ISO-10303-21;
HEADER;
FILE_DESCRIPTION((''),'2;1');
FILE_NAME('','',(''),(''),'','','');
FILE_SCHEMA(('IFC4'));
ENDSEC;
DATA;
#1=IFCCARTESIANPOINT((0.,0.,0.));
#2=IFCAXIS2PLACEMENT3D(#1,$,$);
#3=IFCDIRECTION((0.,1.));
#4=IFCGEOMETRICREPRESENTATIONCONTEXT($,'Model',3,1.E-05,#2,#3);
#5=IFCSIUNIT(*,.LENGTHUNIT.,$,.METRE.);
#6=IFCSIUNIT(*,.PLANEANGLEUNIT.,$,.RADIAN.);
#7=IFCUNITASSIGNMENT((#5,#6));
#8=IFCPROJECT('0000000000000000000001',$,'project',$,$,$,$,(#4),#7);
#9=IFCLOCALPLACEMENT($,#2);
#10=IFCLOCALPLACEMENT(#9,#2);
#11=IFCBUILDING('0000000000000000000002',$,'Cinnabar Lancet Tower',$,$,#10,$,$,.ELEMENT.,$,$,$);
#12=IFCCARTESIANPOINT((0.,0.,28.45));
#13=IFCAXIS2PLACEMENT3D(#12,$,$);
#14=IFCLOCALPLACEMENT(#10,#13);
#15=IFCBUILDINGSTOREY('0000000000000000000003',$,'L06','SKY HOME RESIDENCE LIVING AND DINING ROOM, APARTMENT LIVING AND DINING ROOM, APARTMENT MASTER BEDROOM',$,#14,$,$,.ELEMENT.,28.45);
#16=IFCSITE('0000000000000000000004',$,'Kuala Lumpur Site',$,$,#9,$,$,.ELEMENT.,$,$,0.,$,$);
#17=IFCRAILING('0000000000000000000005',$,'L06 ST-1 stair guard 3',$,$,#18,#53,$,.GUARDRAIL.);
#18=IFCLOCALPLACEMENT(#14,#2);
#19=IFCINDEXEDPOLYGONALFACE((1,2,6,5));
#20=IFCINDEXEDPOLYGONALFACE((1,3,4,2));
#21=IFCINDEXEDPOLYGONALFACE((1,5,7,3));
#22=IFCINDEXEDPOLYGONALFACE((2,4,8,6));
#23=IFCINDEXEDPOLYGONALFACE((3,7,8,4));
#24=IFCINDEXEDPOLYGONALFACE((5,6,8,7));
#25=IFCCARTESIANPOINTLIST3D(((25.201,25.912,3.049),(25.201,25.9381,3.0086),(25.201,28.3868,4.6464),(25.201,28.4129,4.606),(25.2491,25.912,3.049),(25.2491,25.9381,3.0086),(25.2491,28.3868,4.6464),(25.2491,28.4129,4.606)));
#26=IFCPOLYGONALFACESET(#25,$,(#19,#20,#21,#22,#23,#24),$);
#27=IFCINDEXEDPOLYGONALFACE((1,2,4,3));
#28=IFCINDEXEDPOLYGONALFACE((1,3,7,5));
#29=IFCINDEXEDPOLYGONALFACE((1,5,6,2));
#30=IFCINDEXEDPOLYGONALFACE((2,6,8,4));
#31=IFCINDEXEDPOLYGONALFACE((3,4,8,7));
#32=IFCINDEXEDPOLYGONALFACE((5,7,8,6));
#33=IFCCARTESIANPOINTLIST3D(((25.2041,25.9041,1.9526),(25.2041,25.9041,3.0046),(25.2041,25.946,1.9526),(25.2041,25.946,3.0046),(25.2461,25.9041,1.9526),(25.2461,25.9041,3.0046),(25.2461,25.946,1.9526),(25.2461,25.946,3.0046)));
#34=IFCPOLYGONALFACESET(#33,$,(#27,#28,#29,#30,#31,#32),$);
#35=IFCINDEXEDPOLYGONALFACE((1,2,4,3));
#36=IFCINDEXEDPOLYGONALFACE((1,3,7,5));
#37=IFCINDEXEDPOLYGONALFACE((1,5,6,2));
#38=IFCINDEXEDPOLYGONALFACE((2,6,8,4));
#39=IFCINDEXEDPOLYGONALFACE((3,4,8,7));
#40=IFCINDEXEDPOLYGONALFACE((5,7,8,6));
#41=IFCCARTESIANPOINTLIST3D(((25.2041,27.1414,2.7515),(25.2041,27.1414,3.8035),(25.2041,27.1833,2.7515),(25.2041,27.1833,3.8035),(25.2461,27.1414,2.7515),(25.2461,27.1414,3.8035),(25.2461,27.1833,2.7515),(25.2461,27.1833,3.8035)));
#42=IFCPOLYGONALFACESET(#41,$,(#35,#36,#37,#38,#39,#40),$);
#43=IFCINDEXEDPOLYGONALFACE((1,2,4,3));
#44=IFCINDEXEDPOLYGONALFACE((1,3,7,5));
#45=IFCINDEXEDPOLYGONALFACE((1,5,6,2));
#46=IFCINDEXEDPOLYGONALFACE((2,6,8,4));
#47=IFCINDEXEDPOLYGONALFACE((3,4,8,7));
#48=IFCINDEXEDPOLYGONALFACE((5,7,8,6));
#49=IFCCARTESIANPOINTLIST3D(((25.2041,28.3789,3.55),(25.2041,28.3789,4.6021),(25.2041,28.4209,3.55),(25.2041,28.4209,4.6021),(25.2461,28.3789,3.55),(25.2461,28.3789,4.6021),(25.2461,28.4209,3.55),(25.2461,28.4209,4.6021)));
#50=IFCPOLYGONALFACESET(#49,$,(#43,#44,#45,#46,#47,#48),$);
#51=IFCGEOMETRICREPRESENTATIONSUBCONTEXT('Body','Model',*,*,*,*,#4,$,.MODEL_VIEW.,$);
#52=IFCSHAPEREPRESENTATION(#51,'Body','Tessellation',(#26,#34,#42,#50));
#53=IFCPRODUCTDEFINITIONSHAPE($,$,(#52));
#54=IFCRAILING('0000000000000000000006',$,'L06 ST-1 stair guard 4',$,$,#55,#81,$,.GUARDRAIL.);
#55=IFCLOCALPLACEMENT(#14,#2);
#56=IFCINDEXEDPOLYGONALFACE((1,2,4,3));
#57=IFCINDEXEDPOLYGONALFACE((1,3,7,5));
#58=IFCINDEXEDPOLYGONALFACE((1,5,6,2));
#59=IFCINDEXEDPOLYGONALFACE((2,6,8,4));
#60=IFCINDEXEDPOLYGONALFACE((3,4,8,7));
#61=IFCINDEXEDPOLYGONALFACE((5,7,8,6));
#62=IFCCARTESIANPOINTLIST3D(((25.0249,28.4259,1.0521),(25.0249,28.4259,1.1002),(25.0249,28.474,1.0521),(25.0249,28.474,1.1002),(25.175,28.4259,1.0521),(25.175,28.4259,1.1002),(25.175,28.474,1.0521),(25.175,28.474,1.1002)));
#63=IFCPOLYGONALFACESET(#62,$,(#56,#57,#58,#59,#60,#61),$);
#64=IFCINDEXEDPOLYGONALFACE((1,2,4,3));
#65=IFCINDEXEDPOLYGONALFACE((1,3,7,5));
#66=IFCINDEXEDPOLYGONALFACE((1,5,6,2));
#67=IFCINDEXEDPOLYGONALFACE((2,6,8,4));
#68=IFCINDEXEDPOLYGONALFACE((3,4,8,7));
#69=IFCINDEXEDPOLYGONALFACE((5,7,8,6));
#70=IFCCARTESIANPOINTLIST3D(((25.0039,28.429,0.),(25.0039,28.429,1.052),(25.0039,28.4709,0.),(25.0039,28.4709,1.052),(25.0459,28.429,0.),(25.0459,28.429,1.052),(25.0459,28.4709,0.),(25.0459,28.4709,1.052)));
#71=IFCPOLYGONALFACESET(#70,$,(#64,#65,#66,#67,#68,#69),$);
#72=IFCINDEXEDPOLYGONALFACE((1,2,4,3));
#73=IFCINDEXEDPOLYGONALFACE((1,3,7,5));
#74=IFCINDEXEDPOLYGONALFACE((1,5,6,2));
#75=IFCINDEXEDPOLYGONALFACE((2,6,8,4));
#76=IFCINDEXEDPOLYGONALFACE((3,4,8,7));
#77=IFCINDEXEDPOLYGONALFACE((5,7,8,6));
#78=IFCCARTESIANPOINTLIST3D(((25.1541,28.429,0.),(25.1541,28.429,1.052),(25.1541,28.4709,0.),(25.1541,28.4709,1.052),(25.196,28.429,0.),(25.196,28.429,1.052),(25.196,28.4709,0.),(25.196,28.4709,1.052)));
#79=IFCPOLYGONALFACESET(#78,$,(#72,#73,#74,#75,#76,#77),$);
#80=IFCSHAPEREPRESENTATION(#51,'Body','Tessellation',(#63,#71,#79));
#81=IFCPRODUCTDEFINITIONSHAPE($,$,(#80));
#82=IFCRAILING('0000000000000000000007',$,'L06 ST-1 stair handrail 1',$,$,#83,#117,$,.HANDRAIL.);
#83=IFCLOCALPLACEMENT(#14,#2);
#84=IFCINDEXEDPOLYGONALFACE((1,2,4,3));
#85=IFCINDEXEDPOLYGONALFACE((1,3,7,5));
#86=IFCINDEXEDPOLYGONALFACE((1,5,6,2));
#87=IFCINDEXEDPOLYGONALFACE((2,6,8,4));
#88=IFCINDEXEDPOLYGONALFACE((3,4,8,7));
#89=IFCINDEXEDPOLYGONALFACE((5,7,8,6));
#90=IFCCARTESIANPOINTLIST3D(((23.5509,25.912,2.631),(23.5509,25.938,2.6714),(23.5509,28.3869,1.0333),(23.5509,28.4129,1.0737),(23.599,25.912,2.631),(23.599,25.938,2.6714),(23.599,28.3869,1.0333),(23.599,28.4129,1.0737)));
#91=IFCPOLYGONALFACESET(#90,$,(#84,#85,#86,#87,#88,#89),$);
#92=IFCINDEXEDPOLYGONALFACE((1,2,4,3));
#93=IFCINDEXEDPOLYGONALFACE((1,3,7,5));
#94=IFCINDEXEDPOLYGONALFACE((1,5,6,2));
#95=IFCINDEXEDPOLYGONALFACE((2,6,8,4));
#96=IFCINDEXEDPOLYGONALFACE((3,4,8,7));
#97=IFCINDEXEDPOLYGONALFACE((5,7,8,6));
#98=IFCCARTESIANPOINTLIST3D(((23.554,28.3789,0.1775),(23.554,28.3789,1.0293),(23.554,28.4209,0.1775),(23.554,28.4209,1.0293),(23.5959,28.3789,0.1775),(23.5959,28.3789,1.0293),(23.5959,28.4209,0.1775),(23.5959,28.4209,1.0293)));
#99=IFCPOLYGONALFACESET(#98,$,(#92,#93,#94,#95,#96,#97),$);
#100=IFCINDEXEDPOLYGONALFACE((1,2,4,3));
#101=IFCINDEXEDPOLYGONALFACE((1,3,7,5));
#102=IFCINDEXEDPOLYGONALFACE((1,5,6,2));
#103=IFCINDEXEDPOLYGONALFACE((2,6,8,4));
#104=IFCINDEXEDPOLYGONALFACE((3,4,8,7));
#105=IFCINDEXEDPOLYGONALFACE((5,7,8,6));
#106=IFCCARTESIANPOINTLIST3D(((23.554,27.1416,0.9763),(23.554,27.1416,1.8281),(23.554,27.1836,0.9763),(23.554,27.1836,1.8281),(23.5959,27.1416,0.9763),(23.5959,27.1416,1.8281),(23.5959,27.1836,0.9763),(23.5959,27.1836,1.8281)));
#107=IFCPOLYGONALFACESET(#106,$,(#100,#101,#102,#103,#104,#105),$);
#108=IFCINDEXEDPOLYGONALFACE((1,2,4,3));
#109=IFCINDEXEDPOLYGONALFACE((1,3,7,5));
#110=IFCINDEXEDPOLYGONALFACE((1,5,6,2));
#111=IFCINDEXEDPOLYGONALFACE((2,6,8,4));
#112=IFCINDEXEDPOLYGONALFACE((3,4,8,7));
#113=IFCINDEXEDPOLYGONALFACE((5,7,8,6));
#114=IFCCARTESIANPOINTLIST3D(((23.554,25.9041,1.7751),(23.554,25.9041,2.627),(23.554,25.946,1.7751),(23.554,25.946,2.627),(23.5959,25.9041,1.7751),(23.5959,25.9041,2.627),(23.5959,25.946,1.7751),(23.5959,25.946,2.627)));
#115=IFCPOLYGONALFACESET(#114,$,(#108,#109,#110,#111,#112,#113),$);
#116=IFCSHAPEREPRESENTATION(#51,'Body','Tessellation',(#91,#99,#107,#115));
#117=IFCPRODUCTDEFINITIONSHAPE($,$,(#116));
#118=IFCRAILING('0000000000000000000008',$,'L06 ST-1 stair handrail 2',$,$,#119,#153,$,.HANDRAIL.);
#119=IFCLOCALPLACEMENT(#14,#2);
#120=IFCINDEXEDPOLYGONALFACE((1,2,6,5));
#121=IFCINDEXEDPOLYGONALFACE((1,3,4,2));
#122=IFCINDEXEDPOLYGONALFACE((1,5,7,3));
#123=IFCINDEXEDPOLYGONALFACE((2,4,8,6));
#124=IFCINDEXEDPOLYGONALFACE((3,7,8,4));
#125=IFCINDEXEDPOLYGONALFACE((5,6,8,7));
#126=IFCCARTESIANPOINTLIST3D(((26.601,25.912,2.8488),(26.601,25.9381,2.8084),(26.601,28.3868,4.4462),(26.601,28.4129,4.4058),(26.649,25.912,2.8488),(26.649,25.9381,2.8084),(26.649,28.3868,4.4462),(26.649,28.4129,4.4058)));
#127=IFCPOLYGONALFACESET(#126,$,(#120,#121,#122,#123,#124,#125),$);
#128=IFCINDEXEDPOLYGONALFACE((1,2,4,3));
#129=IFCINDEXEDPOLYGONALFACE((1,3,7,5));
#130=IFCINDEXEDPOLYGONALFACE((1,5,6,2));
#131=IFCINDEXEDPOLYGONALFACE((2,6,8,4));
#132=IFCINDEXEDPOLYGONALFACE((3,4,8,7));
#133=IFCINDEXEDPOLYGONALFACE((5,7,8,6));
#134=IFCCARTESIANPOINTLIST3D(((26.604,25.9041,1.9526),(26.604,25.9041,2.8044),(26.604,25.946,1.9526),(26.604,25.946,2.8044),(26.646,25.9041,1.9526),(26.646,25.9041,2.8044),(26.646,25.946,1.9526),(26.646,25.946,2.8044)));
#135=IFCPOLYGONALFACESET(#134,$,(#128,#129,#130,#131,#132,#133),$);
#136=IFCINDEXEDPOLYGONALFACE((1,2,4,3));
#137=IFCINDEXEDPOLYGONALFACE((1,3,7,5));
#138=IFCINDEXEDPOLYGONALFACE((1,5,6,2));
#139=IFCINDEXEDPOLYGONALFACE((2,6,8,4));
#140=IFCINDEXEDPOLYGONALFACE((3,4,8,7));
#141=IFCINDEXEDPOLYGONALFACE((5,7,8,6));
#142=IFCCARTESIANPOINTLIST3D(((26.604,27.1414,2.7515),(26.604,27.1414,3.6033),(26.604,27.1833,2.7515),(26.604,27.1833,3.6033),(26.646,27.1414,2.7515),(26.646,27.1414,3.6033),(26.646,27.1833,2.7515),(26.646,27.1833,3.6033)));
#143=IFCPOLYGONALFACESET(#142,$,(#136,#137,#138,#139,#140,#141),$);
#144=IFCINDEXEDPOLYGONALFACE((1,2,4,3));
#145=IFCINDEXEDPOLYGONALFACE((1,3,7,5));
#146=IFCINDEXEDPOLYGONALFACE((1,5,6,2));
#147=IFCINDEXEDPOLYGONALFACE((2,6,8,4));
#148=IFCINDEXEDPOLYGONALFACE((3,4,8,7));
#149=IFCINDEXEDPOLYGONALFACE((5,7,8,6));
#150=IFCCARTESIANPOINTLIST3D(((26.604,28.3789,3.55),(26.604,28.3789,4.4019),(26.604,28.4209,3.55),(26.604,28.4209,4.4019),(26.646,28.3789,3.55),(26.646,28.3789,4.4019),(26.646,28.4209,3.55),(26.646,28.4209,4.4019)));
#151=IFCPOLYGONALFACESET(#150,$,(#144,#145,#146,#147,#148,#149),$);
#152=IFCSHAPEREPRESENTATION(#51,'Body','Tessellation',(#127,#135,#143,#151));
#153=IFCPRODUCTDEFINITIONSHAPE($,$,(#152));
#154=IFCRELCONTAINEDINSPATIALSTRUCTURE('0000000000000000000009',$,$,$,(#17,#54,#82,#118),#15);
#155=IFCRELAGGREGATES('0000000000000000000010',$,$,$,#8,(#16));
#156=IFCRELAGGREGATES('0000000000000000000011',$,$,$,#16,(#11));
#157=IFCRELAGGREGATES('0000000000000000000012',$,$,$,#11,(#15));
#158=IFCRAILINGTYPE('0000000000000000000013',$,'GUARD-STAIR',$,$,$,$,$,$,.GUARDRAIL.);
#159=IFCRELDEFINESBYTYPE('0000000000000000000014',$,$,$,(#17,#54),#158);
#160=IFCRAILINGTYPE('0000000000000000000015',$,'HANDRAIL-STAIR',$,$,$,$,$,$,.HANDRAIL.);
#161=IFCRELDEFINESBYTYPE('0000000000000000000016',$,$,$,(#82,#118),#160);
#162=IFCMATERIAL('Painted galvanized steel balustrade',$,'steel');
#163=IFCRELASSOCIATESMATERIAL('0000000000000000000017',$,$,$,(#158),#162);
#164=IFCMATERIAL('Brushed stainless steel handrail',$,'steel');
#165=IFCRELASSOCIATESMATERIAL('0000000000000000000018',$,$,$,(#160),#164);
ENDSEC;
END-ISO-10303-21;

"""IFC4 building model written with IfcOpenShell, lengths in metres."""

from ifc_helpers import new_model, si_unit, direction, frame, origin, origin_2d, place, context, subcontext, project, spatial, rectangle, extrude, material, type_object, element, save


model = new_model("IFC4")

# Units and contexts
model_context = context("Model", 3, precision=1e-05, world=origin(), true_north=direction((0.0, 1.0)))
body_context = subcontext(model_context, "Body", "Model", "MODEL_VIEW")
ifc_project = project(units=[si_unit("LENGTHUNIT", "METRE"), si_unit("PLANEANGLEUNIT", "RADIAN")], contexts=[model_context])

# Site, building, storey
site_placement = place(None, origin())
site = spatial("IfcSite", under=ifc_project, at=site_placement, Name="Kuala Lumpur Site", CompositionType="ELEMENT", RefElevation=0.0)
building_placement = place(site_placement, origin())
building = spatial("IfcBuilding", under=site, at=building_placement, Name="Cinnabar Lancet Tower", CompositionType="ELEMENT")
storey_placement = place(building_placement, frame((0.0, 0.0, 28.45)))
storey = spatial("IfcBuildingStorey", under=building, at=storey_placement, Name="L06", Description="SKY HOME RESIDENCE LIVING AND DINING ROOM, APARTMENT LIVING AND DINING ROOM, APARTMENT MASTER BEDROOM", CompositionType="ELEMENT", Elevation=28.45)

# Railings
ifc_material_1 = material(Name="Painted galvanized steel balustrade", Category="steel")
railing_type_1 = type_object("IfcRailingType", Name="GUARD-STAIR", PredefinedType="GUARDRAIL", material=ifc_material_1)
railing_1_placement = place(storey_placement, frame((25.2251, 25.925, 1.9526)))
element("IfcRailing", 1, at=railing_1_placement, inside=storey, type_object=railing_type_1, Name="L06 ST-1 stair guard 3", PredefinedType="GUARDRAIL", context=body_context, shape_type="SweptSolid", body=[
    extrude(rectangle(XDim=0.0481, YDim=0.0481, at=origin_2d()), frame((0.0, 0.0, 1.0762), z_axis=(0.0, 0.840183, 0.542302), x_axis=(-1.0, 0.0, 0.0)), (0.0, 0.0, 1.0), 2.9456),
    extrude(rectangle(XDim=0.042, YDim=0.042, at=origin_2d()), origin(), (0.0, 0.0, 1.0), 1.052),
    extrude(rectangle(XDim=0.042, YDim=0.042, at=origin_2d()), frame((0.0, 1.2373, 0.7988)), (0.0, 0.0, 1.0), 1.052),
    extrude(rectangle(XDim=0.042, YDim=0.042, at=origin_2d()), frame((0.0, 2.4749, 1.5974)), (0.0, 0.0, 1.0), 1.052),
])
railing_2_placement = place(storey_placement, frame((25.0249, 28.45, 0.0)))
element("IfcRailing", 2, at=railing_2_placement, inside=storey, type_object=railing_type_1, Name="L06 ST-1 stair guard 4", PredefinedType="GUARDRAIL", context=body_context, shape_type="SweptSolid", body=[
    extrude(rectangle(XDim=0.0481, YDim=0.0481, at=origin_2d()), frame((0.0, 0.0, 1.0762), z_axis=(1.0, 0.0, 0.0), x_axis=(0.0, 1.0, 0.0)), (0.0, 0.0, 1.0), 0.1501),
    extrude(rectangle(XDim=0.042, YDim=0.042, at=origin_2d()), origin(), (0.0, 0.0, 1.0), 1.052),
    extrude(rectangle(XDim=0.042, YDim=0.042, at=origin_2d()), frame((0.1501, 0.0, 0.0)), (0.0, 0.0, 1.0), 1.052),
])
ifc_material_2 = material(Name="Brushed stainless steel handrail", Category="steel")
railing_type_2 = type_object("IfcRailingType", Name="HANDRAIL-STAIR", PredefinedType="HANDRAIL", material=ifc_material_2)
railing_3_placement = place(storey_placement, frame((23.575, 28.3999, 0.1775)))
element("IfcRailing", 3, at=railing_3_placement, inside=storey, type_object=railing_type_2, Name="L06 ST-1 stair handrail 1", PredefinedType="HANDRAIL", context=body_context, shape_type="SweptSolid", body=[
    extrude(rectangle(XDim=0.0481, YDim=0.0481, at=origin_2d()), frame((0.0, 0.0, 0.876), z_axis=(0.0, -0.840146, 0.542361), x_axis=(1.0, 0.0, 0.0)), (0.0, 0.0, 1.0), 2.9458),
    extrude(rectangle(XDim=0.042, YDim=0.042, at=origin_2d()), origin(), (0.0, 0.0, 1.0), 0.8518),
    extrude(rectangle(XDim=0.042, YDim=0.042, at=origin_2d()), frame((0.0, -1.2373, 0.7988)), (0.0, 0.0, 1.0), 0.8518),
    extrude(rectangle(XDim=0.042, YDim=0.042, at=origin_2d()), frame((0.0, -2.4749, 1.5977)), (0.0, 0.0, 1.0), 0.8518),
])
railing_4_placement = place(storey_placement, frame((26.625, 25.925, 1.9526)))
element("IfcRailing", 4, at=railing_4_placement, inside=storey, type_object=railing_type_2, Name="L06 ST-1 stair handrail 2", PredefinedType="HANDRAIL", context=body_context, shape_type="SweptSolid", body=[
    extrude(rectangle(XDim=0.0481, YDim=0.0481, at=origin_2d()), frame((0.0, 0.0, 0.876), z_axis=(0.0, 0.840183, 0.542302), x_axis=(-1.0, 0.0, 0.0)), (0.0, 0.0, 1.0), 2.9456),
    extrude(rectangle(XDim=0.042, YDim=0.042, at=origin_2d()), origin(), (0.0, 0.0, 1.0), 0.8518),
    extrude(rectangle(XDim=0.042, YDim=0.042, at=origin_2d()), frame((0.0, 1.2373, 0.7988)), (0.0, 0.0, 1.0), 0.8518),
    extrude(rectangle(XDim=0.042, YDim=0.042, at=origin_2d()), frame((0.0, 2.4749, 1.5974)), (0.0, 0.0, 1.0), 0.8518),
])

save(model, "model.ifc")
